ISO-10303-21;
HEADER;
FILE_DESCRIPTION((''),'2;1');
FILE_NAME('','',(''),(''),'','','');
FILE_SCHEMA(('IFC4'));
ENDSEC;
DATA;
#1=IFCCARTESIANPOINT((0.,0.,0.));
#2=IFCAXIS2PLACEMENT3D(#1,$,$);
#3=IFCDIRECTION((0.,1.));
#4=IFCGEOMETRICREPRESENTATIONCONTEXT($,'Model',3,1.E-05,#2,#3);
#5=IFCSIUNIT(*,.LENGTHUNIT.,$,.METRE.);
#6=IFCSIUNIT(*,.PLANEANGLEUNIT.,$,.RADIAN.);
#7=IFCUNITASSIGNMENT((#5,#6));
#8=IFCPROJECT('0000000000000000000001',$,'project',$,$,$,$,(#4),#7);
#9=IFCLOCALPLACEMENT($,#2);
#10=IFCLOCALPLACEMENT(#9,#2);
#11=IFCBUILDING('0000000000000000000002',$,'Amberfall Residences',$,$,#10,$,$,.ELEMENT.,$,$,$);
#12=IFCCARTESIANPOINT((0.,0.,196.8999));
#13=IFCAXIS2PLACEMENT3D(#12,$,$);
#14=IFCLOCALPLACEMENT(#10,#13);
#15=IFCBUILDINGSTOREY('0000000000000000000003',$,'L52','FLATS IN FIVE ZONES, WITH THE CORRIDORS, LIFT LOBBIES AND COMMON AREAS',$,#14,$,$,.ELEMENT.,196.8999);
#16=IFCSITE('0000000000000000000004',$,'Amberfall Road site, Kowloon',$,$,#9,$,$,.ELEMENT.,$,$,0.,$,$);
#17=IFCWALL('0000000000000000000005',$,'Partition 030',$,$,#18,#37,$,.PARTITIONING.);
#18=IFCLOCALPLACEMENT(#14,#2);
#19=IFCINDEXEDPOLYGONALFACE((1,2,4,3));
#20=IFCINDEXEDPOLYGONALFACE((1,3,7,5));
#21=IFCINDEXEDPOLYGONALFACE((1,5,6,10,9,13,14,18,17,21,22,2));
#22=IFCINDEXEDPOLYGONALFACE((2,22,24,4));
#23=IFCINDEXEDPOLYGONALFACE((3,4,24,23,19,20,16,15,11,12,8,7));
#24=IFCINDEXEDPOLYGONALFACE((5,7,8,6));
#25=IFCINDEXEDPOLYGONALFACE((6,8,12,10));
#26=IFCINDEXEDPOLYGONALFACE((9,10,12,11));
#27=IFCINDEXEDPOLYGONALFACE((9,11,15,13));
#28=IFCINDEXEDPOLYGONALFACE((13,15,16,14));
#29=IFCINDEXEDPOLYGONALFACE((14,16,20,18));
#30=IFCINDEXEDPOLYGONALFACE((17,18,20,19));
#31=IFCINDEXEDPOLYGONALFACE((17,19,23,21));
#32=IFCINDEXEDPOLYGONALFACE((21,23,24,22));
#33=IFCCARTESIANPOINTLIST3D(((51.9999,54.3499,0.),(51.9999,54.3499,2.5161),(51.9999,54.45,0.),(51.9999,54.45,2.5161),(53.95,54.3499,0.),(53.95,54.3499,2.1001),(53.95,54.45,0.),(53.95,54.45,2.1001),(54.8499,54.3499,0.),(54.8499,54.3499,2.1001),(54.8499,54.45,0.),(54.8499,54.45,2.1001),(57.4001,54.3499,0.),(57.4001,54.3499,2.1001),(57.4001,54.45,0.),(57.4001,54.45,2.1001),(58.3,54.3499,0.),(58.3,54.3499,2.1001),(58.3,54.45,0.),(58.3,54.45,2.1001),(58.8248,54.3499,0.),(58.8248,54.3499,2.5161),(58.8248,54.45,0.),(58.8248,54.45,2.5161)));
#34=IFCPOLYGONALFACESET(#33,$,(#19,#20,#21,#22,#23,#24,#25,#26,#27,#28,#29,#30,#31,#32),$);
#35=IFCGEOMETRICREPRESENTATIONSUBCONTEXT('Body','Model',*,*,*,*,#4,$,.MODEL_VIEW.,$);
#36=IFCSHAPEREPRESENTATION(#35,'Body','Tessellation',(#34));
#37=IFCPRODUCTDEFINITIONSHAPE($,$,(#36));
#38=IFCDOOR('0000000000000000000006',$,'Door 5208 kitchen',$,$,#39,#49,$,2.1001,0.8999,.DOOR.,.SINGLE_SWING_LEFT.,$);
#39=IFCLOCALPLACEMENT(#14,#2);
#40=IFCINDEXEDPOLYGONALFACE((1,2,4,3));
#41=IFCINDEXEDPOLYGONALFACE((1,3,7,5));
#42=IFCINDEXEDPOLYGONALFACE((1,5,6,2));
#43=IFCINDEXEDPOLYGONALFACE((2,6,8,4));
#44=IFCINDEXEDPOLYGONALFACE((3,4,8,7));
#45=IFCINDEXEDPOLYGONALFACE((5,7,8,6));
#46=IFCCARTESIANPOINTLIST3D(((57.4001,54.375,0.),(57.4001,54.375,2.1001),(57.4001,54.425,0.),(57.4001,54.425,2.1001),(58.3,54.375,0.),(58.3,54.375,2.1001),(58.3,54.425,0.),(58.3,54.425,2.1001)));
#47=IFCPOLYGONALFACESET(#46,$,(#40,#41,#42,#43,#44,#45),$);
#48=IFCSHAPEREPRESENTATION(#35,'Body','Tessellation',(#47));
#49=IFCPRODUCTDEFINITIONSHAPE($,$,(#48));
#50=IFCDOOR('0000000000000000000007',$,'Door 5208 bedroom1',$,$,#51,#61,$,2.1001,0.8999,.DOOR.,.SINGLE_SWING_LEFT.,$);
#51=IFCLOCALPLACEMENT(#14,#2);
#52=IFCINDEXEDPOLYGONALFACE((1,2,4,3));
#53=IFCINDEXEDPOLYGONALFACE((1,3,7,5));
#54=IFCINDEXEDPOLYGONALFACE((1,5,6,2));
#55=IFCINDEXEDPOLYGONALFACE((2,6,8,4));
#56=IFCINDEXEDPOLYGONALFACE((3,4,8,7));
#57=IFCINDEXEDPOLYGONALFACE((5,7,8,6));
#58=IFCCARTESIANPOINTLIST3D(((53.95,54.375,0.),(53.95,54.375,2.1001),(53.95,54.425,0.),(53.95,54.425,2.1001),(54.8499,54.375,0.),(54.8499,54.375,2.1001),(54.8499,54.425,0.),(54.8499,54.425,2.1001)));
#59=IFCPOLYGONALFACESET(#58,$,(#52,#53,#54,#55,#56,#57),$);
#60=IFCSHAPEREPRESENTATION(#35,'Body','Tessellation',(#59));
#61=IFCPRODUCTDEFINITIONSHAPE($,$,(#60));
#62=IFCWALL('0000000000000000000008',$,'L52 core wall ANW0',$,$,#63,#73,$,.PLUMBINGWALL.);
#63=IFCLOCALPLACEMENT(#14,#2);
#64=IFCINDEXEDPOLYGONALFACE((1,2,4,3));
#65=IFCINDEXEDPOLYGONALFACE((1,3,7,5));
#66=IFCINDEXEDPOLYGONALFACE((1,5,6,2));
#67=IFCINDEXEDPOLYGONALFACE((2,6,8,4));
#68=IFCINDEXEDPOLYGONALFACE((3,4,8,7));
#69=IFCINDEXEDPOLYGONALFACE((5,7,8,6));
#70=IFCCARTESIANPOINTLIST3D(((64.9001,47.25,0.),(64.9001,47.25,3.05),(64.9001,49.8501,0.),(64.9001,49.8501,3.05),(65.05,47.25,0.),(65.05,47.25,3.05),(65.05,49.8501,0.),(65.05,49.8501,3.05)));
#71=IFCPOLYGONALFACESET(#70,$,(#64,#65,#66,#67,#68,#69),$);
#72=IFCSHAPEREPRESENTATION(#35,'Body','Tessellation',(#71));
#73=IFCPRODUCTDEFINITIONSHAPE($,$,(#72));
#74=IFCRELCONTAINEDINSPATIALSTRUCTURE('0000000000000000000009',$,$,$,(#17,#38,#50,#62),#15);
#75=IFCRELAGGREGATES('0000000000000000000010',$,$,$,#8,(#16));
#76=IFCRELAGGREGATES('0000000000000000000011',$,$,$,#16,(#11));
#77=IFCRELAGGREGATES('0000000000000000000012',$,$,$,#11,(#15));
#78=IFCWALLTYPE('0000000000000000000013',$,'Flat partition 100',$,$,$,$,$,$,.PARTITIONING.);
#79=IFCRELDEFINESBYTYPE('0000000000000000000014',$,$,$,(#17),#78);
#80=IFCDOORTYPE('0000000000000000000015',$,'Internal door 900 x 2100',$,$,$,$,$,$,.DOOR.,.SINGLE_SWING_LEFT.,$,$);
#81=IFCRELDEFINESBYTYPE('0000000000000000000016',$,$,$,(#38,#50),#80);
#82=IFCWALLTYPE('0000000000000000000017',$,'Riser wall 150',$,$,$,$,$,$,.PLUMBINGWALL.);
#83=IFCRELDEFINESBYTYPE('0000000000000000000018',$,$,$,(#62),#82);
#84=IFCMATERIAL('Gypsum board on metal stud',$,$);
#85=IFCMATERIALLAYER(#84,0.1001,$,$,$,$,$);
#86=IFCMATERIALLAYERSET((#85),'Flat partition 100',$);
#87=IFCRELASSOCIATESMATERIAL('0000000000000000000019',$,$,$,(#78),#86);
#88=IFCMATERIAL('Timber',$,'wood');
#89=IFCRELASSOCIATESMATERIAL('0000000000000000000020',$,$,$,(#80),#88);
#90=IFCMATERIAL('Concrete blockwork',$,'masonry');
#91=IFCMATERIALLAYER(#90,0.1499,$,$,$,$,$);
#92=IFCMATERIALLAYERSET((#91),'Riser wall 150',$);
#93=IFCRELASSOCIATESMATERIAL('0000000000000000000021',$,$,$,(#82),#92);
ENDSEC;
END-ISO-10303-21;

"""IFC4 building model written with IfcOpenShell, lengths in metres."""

from ifc_helpers import new_model, si_unit, direction, frame, frame_2d, origin, place, context, subcontext, project, spatial, rectangle, extrude, material, layer, layer_set, type_object, element, fill, save


model = new_model("IFC4")

# Units and contexts
model_context = context("Model", 3, precision=1e-05, world=origin(), true_north=direction((0.0, 1.0)))
body_context = subcontext(model_context, "Body", "Model", "MODEL_VIEW")
ifc_project = project(units=[si_unit("LENGTHUNIT", "METRE"), si_unit("PLANEANGLEUNIT", "RADIAN")], contexts=[model_context])

# Site, building, storey
site_placement = place(None, origin())
site = spatial("IfcSite", under=ifc_project, at=site_placement, Name="Amberfall Road site, Kowloon", CompositionType="ELEMENT", RefElevation=0.0)
building_placement = place(site_placement, origin())
building = spatial("IfcBuilding", under=site, at=building_placement, Name="Amberfall Residences", CompositionType="ELEMENT")
storey_placement = place(building_placement, frame((0.0, 0.0, 196.8999)))
storey = spatial("IfcBuildingStorey", under=building, at=storey_placement, Name="L52", Description="FLATS IN FIVE ZONES, WITH THE CORRIDORS, LIFT LOBBIES AND COMMON AREAS", CompositionType="ELEMENT", Elevation=196.8999)

# Wall, openings, doors
ifc_material_1 = material(Name="Gypsum board on metal stud")
ifc_layer_1 = layer(ifc_material_1, 0.1001)
ifc_layer_set_1 = layer_set([ifc_layer_1], Name="Flat partition 100")
wall_type_1 = type_object("IfcWallType", Name="Flat partition 100", PredefinedType="PARTITIONING", material=ifc_layer_set_1)
wall_1_placement = place(storey_placement, frame((58.825, 54.3999, 0.0), z_axis=(0.0, 0.0, 1.0), x_axis=(-1.0, 0.0, 0.0)))
wall_1 = element("IfcWall", 1, at=wall_1_placement, inside=storey, type_object=wall_type_1, Name="Partition 030", PredefinedType="PARTITIONING", context=body_context, shape_type="SweptSolid", body=[
    extrude(rectangle(XDim=6.825, YDim=0.1001, at=frame_2d((3.4126, 0.0))), origin(), (0.0, 0.0, 1.0), 2.5161),
])
opening_1_placement = place(wall_1_placement, frame((0.5249, 0.0, 0.0)))
opening_1 = element("IfcOpeningElement", 2, at=opening_1_placement, cuts=wall_1, PredefinedType="OPENING", context=body_context, shape_type="SweptSolid", body=[
    extrude(rectangle(XDim=0.8999, YDim=2.1001, at=frame_2d((0.45, 1.05))), frame((0.0, 0.0601, 0.0), z_axis=(0.0, -1.0, 0.0), x_axis=(1.0, 0.0, 0.0)), (0.0, 0.0, 1.0), 0.1201),
])
opening_2_placement = place(wall_1_placement, frame((3.9751, 0.0, 0.0)))
opening_2 = element("IfcOpeningElement", 3, at=opening_2_placement, cuts=wall_1, PredefinedType="OPENING", context=body_context, shape_type="SweptSolid", body=[
    extrude(rectangle(XDim=0.8999, YDim=2.1001, at=frame_2d((0.45, 1.05))), frame((0.0, 0.0601, 0.0), z_axis=(0.0, -1.0, 0.0), x_axis=(1.0, 0.0, 0.0)), (0.0, 0.0, 1.0), 0.1201),
])
ifc_material_2 = material(Name="Timber", Category="wood")
door_type_1 = type_object("IfcDoorType", Name="Internal door 900 x 2100", OperationType="SINGLE_SWING_LEFT", PredefinedType="DOOR", material=ifc_material_2)
door_1_placement = place(opening_1_placement, origin())
door_1 = element("IfcDoor", 4, at=door_1_placement, inside=storey, type_object=door_type_1, Name="Door 5208 kitchen", OperationType="SINGLE_SWING_LEFT", OverallHeight=2.1001, OverallWidth=0.8999, PredefinedType="DOOR", context=body_context, shape_type="SweptSolid", body=[
    extrude(rectangle(XDim=0.8999, YDim=2.1001, at=frame_2d((0.45, 1.05))), frame((0.0, 0.0249, 0.0), z_axis=(0.0, -1.0, 0.0), x_axis=(1.0, 0.0, 0.0)), (0.0, 0.0, 1.0), 0.05),
])
fill(opening_1, door_1)
door_2_placement = place(opening_2_placement, origin())
door_2 = element("IfcDoor", 5, at=door_2_placement, inside=storey, type_object=door_type_1, Name="Door 5208 bedroom1", OperationType="SINGLE_SWING_LEFT", OverallHeight=2.1001, OverallWidth=0.8999, PredefinedType="DOOR", context=body_context, shape_type="SweptSolid", body=[
    extrude(rectangle(XDim=0.8999, YDim=2.1001, at=frame_2d((0.45, 1.05))), frame((0.0, 0.0249, 0.0), z_axis=(0.0, -1.0, 0.0), x_axis=(1.0, 0.0, 0.0)), (0.0, 0.0, 1.0), 0.05),
])
fill(opening_2, door_2)

# Wall
ifc_material_3 = material(Name="Concrete blockwork", Category="masonry")
ifc_layer_2 = layer(ifc_material_3, 0.1499)
ifc_layer_set_2 = layer_set([ifc_layer_2], Name="Riser wall 150")
wall_type_2 = type_object("IfcWallType", Name="Riser wall 150", PredefinedType="PLUMBINGWALL", material=ifc_layer_set_2)
wall_2_placement = place(storey_placement, frame((64.9751, 47.25, 0.0), z_axis=(0.0, 0.0, 1.0), x_axis=(0.0, 1.0, 0.0)))
element("IfcWall", 6, at=wall_2_placement, inside=storey, type_object=wall_type_2, Name="L52 core wall ANW0", PredefinedType="PLUMBINGWALL", context=body_context, shape_type="SweptSolid", body=[
    extrude(rectangle(XDim=2.6001, YDim=0.1499, at=frame_2d((1.3, 0.0))), origin(), (0.0, 0.0, 1.0), 3.05),
])

save(model, "model.ifc")
